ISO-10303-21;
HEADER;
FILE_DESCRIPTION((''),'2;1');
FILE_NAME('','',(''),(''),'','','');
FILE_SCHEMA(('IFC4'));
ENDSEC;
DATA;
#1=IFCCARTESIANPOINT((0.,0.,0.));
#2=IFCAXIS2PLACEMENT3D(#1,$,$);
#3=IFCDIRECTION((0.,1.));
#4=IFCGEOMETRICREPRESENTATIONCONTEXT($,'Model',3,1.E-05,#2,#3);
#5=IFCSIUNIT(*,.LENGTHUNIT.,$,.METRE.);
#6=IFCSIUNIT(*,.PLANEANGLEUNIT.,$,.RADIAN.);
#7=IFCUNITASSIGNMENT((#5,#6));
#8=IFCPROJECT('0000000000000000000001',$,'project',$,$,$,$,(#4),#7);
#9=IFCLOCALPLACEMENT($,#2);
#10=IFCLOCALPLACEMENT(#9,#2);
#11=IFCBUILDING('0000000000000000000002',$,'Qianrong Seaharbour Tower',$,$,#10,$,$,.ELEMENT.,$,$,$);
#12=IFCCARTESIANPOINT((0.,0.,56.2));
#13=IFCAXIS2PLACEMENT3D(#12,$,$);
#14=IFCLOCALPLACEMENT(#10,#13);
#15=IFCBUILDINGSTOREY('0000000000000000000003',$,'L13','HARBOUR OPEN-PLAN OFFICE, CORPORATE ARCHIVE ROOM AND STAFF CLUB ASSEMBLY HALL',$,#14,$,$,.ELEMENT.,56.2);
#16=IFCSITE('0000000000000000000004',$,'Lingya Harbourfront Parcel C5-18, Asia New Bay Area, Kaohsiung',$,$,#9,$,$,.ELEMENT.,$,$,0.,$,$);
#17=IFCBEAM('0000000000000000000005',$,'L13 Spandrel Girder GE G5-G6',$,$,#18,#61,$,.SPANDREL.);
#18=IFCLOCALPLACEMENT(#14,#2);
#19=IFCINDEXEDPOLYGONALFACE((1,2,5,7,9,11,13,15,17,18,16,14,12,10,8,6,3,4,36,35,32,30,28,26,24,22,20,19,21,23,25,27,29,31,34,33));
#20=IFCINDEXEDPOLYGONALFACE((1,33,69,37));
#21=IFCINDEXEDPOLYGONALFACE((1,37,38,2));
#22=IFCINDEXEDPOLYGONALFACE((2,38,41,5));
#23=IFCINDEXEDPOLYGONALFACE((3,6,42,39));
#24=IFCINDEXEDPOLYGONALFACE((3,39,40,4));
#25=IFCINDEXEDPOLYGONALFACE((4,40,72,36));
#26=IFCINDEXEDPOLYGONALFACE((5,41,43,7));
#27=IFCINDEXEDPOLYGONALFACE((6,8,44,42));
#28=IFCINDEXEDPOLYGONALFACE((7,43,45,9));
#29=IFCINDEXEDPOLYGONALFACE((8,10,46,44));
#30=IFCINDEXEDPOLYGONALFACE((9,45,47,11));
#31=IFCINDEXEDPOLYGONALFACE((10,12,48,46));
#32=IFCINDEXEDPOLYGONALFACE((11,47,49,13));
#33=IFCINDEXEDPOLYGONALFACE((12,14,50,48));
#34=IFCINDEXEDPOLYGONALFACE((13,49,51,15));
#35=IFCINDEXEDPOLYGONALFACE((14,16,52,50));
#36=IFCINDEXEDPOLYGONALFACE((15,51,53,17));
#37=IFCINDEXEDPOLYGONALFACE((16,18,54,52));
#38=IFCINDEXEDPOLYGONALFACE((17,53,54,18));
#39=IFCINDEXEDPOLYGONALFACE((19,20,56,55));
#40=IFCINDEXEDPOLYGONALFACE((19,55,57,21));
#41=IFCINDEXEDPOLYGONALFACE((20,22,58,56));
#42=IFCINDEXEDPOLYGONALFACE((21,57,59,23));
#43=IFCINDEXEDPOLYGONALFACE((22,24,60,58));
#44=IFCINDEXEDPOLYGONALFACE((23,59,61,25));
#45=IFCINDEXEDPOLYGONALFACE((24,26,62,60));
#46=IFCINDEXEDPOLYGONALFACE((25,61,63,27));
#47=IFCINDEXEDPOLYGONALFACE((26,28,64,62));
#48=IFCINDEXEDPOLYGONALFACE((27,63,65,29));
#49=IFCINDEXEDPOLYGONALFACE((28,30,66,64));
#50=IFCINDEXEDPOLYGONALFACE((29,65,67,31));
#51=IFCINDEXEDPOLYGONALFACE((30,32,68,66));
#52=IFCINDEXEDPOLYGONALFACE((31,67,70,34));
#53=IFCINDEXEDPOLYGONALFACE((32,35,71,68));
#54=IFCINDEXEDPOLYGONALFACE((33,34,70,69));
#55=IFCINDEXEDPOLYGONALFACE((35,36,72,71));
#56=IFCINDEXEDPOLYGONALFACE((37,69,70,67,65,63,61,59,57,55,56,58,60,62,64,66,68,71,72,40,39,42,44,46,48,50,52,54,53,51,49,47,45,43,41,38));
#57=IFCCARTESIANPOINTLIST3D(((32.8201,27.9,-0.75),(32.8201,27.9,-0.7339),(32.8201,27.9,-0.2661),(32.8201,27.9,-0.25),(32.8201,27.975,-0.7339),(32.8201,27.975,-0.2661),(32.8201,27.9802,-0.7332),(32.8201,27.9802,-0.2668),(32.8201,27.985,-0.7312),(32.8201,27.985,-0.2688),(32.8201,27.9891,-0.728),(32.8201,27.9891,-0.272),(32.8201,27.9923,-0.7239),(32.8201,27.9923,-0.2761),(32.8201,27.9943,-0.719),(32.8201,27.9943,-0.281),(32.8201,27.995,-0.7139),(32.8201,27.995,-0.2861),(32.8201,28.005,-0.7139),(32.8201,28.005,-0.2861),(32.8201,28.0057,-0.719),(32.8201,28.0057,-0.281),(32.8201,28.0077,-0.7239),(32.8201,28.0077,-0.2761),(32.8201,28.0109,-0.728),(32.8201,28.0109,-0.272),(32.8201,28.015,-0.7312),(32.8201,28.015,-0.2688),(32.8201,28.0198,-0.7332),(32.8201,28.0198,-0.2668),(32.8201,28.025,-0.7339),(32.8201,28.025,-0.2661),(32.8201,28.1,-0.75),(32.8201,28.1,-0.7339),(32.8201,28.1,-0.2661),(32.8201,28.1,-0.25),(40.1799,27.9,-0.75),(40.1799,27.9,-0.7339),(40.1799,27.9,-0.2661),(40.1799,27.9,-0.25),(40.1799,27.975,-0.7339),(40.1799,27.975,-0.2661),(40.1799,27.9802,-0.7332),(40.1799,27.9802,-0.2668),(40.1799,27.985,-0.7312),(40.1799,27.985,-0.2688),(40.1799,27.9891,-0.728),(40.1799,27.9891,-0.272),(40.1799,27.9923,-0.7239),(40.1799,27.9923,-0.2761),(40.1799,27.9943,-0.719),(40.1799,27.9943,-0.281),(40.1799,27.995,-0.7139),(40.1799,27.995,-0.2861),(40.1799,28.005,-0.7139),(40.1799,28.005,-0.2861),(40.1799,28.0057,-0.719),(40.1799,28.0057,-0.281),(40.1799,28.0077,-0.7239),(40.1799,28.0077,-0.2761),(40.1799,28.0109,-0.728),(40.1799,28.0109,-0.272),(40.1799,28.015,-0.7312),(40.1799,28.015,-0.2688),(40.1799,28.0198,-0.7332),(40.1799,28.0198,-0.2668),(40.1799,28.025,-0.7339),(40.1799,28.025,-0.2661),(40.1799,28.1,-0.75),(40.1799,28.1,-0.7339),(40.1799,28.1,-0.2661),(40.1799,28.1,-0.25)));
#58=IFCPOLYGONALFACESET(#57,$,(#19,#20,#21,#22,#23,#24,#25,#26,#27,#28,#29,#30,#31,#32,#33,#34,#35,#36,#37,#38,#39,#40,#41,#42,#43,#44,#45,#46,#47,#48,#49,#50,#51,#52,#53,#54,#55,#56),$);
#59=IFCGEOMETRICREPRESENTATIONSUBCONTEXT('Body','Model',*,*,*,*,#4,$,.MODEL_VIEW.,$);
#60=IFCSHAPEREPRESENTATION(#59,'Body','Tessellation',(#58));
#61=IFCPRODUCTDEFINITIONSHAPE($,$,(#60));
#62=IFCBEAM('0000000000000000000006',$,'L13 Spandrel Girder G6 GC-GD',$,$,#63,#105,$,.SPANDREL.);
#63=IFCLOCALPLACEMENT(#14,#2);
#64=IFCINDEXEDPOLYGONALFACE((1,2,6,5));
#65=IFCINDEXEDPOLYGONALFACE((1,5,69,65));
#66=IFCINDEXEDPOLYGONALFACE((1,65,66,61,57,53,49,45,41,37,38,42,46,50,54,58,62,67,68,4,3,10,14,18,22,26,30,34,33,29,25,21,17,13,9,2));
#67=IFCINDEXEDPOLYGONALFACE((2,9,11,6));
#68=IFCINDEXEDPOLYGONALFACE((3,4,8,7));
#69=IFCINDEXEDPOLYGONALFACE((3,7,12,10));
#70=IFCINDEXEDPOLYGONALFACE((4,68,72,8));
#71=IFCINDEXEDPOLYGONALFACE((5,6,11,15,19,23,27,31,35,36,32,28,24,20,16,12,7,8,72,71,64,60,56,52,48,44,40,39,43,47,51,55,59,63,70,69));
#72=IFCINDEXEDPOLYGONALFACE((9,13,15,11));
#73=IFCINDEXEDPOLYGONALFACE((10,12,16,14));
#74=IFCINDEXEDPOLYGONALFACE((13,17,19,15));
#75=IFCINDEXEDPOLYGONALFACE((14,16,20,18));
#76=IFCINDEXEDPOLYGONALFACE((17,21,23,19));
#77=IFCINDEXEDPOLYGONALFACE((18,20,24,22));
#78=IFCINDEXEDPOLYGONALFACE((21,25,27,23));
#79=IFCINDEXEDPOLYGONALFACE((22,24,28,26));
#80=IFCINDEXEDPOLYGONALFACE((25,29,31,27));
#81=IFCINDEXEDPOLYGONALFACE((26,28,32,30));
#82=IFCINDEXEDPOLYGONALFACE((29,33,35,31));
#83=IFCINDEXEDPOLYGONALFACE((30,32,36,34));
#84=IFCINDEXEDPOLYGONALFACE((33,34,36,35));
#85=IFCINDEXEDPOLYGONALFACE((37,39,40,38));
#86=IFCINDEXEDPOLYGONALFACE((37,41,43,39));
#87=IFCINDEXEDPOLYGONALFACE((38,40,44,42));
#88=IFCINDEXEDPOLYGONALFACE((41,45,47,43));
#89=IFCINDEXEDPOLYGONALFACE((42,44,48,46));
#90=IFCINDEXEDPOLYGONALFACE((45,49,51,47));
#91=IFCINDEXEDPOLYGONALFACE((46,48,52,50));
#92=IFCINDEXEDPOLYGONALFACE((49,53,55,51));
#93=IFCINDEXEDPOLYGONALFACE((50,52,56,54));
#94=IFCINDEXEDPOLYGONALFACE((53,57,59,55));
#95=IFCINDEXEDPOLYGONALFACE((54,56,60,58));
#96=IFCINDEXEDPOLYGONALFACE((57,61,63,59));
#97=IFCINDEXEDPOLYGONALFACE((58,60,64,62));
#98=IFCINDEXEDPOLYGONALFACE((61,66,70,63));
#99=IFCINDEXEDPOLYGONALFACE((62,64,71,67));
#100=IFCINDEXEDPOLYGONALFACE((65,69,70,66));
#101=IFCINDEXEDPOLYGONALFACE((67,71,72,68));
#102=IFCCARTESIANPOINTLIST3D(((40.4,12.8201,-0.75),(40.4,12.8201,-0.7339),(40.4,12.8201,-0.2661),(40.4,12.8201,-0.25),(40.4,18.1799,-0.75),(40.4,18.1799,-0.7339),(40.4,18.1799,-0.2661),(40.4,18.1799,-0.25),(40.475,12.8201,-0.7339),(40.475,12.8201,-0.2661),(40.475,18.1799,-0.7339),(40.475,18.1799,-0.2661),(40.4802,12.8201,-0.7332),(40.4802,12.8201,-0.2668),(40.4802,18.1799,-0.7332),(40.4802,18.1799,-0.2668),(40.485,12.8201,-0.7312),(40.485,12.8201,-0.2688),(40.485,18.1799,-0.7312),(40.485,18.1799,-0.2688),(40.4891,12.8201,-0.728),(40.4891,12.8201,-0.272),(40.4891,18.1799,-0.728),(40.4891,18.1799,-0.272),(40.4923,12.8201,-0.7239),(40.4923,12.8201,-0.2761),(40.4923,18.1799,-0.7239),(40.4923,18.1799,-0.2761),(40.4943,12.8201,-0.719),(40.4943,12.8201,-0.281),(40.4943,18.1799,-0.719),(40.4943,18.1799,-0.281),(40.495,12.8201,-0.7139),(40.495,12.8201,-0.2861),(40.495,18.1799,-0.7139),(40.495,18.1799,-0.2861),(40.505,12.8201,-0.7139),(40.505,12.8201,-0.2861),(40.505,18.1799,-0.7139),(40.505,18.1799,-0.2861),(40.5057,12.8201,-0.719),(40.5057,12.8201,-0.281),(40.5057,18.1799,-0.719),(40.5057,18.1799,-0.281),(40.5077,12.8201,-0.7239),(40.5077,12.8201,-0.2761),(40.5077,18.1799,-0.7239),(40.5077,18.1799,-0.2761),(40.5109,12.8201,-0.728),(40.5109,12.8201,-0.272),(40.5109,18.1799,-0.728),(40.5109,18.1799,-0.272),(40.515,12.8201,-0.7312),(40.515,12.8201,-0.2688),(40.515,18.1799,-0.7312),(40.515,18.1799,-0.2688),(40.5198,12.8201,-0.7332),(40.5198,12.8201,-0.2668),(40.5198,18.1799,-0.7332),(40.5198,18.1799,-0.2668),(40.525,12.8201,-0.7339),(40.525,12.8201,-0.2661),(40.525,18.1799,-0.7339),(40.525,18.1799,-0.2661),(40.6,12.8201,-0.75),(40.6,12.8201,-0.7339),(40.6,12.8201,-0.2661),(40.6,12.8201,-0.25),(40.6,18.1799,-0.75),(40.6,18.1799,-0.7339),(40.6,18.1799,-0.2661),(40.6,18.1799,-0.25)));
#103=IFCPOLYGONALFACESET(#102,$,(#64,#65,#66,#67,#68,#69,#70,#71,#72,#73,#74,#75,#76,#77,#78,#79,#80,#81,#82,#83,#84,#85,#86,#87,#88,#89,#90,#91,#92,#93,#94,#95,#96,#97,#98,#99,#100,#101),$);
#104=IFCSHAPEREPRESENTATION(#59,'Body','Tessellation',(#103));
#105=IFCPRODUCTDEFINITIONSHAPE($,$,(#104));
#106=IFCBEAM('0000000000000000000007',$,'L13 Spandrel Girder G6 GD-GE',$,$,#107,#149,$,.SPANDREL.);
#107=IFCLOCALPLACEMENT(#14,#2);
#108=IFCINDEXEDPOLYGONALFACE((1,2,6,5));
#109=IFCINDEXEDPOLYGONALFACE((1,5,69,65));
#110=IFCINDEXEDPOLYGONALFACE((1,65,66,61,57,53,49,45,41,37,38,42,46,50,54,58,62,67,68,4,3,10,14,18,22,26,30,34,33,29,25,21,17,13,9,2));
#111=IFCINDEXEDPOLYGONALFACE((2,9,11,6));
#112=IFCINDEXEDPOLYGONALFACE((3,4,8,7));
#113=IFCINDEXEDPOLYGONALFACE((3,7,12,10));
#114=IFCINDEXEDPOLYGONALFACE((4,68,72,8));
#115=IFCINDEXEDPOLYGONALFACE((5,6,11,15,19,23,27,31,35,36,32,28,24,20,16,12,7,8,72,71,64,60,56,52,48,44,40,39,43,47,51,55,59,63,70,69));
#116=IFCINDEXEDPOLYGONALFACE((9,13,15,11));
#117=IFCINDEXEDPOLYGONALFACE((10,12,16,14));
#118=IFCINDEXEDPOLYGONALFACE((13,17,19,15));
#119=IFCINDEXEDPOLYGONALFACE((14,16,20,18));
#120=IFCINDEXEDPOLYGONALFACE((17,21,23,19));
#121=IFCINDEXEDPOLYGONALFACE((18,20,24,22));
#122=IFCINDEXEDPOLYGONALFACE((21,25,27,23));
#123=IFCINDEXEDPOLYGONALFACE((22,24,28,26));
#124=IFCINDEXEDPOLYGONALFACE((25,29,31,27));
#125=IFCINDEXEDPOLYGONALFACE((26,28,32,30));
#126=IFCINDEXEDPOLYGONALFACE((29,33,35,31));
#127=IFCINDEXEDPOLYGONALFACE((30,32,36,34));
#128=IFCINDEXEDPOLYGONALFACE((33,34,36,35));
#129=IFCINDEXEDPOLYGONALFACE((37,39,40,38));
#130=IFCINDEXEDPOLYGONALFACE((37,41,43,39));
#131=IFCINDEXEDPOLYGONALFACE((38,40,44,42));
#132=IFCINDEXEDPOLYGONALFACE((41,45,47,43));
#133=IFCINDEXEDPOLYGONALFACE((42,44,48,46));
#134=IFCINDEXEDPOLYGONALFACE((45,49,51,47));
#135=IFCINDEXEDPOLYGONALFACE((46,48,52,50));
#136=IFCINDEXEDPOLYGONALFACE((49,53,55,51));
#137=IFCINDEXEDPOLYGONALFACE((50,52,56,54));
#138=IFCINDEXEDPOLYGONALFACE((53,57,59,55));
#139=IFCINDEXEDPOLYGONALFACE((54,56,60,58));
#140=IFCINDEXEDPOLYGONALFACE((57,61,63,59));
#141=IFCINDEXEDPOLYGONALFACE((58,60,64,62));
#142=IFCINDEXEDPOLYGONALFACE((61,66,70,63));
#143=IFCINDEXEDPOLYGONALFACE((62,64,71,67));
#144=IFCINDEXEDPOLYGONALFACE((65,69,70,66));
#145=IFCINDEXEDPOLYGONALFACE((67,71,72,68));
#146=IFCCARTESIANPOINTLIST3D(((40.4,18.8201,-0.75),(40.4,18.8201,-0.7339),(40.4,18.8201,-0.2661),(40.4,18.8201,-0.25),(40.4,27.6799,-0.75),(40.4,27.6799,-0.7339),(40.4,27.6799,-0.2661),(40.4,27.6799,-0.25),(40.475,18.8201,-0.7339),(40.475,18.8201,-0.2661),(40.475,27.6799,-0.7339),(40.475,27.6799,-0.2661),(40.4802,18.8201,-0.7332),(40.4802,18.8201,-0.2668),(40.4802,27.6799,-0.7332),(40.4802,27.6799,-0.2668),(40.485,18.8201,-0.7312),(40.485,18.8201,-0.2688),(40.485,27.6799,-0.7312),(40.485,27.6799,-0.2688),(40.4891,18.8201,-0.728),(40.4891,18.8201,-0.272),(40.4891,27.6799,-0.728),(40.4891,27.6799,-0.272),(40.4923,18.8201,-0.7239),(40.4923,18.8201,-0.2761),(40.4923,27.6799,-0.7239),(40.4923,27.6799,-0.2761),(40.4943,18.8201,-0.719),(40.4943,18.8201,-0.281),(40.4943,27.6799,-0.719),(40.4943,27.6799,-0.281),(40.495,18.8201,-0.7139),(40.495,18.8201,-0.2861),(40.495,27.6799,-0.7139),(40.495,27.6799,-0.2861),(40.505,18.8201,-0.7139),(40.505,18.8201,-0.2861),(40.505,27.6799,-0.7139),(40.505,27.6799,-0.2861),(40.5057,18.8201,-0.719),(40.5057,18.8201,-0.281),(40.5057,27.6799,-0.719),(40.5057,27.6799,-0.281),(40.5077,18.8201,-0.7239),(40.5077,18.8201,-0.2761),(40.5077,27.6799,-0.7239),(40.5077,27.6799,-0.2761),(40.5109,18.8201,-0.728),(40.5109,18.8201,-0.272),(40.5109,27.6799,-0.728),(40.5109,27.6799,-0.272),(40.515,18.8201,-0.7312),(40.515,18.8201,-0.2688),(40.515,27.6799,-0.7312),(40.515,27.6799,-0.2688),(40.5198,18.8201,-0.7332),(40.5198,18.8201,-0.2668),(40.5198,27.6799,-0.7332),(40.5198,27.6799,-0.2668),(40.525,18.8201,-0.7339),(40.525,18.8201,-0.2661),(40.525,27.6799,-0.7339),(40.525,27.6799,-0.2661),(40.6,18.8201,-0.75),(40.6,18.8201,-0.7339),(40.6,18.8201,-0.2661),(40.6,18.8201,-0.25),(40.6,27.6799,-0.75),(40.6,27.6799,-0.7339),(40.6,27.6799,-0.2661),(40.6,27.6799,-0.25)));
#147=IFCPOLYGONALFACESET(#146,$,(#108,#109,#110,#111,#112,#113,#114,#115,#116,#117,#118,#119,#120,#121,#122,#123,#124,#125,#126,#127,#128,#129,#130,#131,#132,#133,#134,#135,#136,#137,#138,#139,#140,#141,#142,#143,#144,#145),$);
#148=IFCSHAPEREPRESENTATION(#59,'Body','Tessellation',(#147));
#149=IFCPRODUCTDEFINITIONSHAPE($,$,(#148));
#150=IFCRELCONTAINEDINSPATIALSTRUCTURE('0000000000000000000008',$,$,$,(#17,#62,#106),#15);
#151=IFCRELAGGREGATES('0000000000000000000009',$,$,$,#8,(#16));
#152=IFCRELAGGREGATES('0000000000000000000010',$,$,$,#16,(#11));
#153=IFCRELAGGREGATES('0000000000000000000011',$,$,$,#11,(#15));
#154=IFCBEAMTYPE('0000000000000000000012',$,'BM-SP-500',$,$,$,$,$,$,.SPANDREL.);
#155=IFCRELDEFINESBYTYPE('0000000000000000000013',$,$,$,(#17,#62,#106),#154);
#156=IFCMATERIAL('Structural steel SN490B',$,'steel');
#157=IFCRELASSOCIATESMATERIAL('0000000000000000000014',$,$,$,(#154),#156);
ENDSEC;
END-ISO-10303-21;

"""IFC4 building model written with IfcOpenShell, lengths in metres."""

from ifc_helpers import new_model, si_unit, direction, frame, origin, origin_2d, place, context, subcontext, project, spatial, i_section, extrude, material, material_profile, profile_set, type_object, element, save


model = new_model("IFC4")

# Units and contexts
model_context = context("Model", 3, precision=1e-05, world=origin(), true_north=direction((0.0, 1.0)))
body_context = subcontext(model_context, "Body", "Model", "MODEL_VIEW")
ifc_project = project(units=[si_unit("LENGTHUNIT", "METRE"), si_unit("PLANEANGLEUNIT", "RADIAN")], contexts=[model_context])

# Site, building, storey
site_placement = place(None, origin())
site = spatial("IfcSite", under=ifc_project, at=site_placement, Name="Lingya Harbourfront Parcel C5-18, Asia New Bay Area, Kaohsiung", CompositionType="ELEMENT", RefElevation=0.0)
building_placement = place(site_placement, origin())
building = spatial("IfcBuilding", under=site, at=building_placement, Name="Qianrong Seaharbour Tower", CompositionType="ELEMENT")
storey_placement = place(building_placement, frame((0.0, 0.0, 56.2)))
storey = spatial("IfcBuildingStorey", under=building, at=storey_placement, Name="L13", Description="HARBOUR OPEN-PLAN OFFICE, CORPORATE ARCHIVE ROOM AND STAFF CLUB ASSEMBLY HALL", CompositionType="ELEMENT", Elevation=56.2)

# Shared definitions
ifc_material_1 = material(Name="Structural steel SN490B", Category="steel")

# Beams
ifc_material_profile_1 = material_profile(ifc_material_1, i_section(OverallWidth=0.2, OverallDepth=0.5, WebThickness=0.01, FlangeThickness=0.0161, FilletRadius=0.02, at=origin_2d()), Name="H500x200x10x16")
ifc_profile_set_1 = profile_set([ifc_material_profile_1], Name="Structural steel SN490B")
beam_type_1 = type_object("IfcBeamType", Name="BM-SP-500", PredefinedType="SPANDREL", material=ifc_profile_set_1)
for number, where, z_axis, x_axis, name in (
    (1, (32.8201, 28.0, -0.5), (1.0, 0.0, 0.0), (0.0, 1.0, 0.0), "L13 Spandrel Girder GE G5-G6"),
):
    element("IfcBeam", number, at=place(storey_placement, frame(where, z_axis=z_axis, x_axis=x_axis)), inside=storey, type_object=beam_type_1, Name=name, PredefinedType="SPANDREL", context=body_context, shape_type="SweptSolid", body=[
        extrude(i_section(OverallWidth=0.2, OverallDepth=0.5, WebThickness=0.01, FlangeThickness=0.0161, FilletRadius=0.02, at=origin_2d()), origin(), (0.0, 0.0, 1.0), 7.3599),
    ])
beam_1_placement = place(storey_placement, frame((40.5, 12.8201, -0.5), z_axis=(0.0, 1.0, 0.0), x_axis=(-1.0, 0.0, 0.0)))
element("IfcBeam", 2, at=beam_1_placement, inside=storey, type_object=beam_type_1, Name="L13 Spandrel Girder G6 GC-GD", PredefinedType="SPANDREL", context=body_context, shape_type="SweptSolid", body=[
    extrude(i_section(OverallWidth=0.2, OverallDepth=0.5, WebThickness=0.01, FlangeThickness=0.0161, FilletRadius=0.02, at=origin_2d()), origin(), (0.0, 0.0, 1.0), 5.3599),
])
beam_2_placement = place(storey_placement, frame((40.5, 18.8201, -0.5), z_axis=(0.0, 1.0, 0.0), x_axis=(-1.0, 0.0, 0.0)))
element("IfcBeam", 3, at=beam_2_placement, inside=storey, type_object=beam_type_1, Name="L13 Spandrel Girder G6 GD-GE", PredefinedType="SPANDREL", context=body_context, shape_type="SweptSolid", body=[
    extrude(i_section(OverallWidth=0.2, OverallDepth=0.5, WebThickness=0.01, FlangeThickness=0.0161, FilletRadius=0.02, at=origin_2d()), origin(), (0.0, 0.0, 1.0), 8.8599),
])

save(model, "model.ifc")
